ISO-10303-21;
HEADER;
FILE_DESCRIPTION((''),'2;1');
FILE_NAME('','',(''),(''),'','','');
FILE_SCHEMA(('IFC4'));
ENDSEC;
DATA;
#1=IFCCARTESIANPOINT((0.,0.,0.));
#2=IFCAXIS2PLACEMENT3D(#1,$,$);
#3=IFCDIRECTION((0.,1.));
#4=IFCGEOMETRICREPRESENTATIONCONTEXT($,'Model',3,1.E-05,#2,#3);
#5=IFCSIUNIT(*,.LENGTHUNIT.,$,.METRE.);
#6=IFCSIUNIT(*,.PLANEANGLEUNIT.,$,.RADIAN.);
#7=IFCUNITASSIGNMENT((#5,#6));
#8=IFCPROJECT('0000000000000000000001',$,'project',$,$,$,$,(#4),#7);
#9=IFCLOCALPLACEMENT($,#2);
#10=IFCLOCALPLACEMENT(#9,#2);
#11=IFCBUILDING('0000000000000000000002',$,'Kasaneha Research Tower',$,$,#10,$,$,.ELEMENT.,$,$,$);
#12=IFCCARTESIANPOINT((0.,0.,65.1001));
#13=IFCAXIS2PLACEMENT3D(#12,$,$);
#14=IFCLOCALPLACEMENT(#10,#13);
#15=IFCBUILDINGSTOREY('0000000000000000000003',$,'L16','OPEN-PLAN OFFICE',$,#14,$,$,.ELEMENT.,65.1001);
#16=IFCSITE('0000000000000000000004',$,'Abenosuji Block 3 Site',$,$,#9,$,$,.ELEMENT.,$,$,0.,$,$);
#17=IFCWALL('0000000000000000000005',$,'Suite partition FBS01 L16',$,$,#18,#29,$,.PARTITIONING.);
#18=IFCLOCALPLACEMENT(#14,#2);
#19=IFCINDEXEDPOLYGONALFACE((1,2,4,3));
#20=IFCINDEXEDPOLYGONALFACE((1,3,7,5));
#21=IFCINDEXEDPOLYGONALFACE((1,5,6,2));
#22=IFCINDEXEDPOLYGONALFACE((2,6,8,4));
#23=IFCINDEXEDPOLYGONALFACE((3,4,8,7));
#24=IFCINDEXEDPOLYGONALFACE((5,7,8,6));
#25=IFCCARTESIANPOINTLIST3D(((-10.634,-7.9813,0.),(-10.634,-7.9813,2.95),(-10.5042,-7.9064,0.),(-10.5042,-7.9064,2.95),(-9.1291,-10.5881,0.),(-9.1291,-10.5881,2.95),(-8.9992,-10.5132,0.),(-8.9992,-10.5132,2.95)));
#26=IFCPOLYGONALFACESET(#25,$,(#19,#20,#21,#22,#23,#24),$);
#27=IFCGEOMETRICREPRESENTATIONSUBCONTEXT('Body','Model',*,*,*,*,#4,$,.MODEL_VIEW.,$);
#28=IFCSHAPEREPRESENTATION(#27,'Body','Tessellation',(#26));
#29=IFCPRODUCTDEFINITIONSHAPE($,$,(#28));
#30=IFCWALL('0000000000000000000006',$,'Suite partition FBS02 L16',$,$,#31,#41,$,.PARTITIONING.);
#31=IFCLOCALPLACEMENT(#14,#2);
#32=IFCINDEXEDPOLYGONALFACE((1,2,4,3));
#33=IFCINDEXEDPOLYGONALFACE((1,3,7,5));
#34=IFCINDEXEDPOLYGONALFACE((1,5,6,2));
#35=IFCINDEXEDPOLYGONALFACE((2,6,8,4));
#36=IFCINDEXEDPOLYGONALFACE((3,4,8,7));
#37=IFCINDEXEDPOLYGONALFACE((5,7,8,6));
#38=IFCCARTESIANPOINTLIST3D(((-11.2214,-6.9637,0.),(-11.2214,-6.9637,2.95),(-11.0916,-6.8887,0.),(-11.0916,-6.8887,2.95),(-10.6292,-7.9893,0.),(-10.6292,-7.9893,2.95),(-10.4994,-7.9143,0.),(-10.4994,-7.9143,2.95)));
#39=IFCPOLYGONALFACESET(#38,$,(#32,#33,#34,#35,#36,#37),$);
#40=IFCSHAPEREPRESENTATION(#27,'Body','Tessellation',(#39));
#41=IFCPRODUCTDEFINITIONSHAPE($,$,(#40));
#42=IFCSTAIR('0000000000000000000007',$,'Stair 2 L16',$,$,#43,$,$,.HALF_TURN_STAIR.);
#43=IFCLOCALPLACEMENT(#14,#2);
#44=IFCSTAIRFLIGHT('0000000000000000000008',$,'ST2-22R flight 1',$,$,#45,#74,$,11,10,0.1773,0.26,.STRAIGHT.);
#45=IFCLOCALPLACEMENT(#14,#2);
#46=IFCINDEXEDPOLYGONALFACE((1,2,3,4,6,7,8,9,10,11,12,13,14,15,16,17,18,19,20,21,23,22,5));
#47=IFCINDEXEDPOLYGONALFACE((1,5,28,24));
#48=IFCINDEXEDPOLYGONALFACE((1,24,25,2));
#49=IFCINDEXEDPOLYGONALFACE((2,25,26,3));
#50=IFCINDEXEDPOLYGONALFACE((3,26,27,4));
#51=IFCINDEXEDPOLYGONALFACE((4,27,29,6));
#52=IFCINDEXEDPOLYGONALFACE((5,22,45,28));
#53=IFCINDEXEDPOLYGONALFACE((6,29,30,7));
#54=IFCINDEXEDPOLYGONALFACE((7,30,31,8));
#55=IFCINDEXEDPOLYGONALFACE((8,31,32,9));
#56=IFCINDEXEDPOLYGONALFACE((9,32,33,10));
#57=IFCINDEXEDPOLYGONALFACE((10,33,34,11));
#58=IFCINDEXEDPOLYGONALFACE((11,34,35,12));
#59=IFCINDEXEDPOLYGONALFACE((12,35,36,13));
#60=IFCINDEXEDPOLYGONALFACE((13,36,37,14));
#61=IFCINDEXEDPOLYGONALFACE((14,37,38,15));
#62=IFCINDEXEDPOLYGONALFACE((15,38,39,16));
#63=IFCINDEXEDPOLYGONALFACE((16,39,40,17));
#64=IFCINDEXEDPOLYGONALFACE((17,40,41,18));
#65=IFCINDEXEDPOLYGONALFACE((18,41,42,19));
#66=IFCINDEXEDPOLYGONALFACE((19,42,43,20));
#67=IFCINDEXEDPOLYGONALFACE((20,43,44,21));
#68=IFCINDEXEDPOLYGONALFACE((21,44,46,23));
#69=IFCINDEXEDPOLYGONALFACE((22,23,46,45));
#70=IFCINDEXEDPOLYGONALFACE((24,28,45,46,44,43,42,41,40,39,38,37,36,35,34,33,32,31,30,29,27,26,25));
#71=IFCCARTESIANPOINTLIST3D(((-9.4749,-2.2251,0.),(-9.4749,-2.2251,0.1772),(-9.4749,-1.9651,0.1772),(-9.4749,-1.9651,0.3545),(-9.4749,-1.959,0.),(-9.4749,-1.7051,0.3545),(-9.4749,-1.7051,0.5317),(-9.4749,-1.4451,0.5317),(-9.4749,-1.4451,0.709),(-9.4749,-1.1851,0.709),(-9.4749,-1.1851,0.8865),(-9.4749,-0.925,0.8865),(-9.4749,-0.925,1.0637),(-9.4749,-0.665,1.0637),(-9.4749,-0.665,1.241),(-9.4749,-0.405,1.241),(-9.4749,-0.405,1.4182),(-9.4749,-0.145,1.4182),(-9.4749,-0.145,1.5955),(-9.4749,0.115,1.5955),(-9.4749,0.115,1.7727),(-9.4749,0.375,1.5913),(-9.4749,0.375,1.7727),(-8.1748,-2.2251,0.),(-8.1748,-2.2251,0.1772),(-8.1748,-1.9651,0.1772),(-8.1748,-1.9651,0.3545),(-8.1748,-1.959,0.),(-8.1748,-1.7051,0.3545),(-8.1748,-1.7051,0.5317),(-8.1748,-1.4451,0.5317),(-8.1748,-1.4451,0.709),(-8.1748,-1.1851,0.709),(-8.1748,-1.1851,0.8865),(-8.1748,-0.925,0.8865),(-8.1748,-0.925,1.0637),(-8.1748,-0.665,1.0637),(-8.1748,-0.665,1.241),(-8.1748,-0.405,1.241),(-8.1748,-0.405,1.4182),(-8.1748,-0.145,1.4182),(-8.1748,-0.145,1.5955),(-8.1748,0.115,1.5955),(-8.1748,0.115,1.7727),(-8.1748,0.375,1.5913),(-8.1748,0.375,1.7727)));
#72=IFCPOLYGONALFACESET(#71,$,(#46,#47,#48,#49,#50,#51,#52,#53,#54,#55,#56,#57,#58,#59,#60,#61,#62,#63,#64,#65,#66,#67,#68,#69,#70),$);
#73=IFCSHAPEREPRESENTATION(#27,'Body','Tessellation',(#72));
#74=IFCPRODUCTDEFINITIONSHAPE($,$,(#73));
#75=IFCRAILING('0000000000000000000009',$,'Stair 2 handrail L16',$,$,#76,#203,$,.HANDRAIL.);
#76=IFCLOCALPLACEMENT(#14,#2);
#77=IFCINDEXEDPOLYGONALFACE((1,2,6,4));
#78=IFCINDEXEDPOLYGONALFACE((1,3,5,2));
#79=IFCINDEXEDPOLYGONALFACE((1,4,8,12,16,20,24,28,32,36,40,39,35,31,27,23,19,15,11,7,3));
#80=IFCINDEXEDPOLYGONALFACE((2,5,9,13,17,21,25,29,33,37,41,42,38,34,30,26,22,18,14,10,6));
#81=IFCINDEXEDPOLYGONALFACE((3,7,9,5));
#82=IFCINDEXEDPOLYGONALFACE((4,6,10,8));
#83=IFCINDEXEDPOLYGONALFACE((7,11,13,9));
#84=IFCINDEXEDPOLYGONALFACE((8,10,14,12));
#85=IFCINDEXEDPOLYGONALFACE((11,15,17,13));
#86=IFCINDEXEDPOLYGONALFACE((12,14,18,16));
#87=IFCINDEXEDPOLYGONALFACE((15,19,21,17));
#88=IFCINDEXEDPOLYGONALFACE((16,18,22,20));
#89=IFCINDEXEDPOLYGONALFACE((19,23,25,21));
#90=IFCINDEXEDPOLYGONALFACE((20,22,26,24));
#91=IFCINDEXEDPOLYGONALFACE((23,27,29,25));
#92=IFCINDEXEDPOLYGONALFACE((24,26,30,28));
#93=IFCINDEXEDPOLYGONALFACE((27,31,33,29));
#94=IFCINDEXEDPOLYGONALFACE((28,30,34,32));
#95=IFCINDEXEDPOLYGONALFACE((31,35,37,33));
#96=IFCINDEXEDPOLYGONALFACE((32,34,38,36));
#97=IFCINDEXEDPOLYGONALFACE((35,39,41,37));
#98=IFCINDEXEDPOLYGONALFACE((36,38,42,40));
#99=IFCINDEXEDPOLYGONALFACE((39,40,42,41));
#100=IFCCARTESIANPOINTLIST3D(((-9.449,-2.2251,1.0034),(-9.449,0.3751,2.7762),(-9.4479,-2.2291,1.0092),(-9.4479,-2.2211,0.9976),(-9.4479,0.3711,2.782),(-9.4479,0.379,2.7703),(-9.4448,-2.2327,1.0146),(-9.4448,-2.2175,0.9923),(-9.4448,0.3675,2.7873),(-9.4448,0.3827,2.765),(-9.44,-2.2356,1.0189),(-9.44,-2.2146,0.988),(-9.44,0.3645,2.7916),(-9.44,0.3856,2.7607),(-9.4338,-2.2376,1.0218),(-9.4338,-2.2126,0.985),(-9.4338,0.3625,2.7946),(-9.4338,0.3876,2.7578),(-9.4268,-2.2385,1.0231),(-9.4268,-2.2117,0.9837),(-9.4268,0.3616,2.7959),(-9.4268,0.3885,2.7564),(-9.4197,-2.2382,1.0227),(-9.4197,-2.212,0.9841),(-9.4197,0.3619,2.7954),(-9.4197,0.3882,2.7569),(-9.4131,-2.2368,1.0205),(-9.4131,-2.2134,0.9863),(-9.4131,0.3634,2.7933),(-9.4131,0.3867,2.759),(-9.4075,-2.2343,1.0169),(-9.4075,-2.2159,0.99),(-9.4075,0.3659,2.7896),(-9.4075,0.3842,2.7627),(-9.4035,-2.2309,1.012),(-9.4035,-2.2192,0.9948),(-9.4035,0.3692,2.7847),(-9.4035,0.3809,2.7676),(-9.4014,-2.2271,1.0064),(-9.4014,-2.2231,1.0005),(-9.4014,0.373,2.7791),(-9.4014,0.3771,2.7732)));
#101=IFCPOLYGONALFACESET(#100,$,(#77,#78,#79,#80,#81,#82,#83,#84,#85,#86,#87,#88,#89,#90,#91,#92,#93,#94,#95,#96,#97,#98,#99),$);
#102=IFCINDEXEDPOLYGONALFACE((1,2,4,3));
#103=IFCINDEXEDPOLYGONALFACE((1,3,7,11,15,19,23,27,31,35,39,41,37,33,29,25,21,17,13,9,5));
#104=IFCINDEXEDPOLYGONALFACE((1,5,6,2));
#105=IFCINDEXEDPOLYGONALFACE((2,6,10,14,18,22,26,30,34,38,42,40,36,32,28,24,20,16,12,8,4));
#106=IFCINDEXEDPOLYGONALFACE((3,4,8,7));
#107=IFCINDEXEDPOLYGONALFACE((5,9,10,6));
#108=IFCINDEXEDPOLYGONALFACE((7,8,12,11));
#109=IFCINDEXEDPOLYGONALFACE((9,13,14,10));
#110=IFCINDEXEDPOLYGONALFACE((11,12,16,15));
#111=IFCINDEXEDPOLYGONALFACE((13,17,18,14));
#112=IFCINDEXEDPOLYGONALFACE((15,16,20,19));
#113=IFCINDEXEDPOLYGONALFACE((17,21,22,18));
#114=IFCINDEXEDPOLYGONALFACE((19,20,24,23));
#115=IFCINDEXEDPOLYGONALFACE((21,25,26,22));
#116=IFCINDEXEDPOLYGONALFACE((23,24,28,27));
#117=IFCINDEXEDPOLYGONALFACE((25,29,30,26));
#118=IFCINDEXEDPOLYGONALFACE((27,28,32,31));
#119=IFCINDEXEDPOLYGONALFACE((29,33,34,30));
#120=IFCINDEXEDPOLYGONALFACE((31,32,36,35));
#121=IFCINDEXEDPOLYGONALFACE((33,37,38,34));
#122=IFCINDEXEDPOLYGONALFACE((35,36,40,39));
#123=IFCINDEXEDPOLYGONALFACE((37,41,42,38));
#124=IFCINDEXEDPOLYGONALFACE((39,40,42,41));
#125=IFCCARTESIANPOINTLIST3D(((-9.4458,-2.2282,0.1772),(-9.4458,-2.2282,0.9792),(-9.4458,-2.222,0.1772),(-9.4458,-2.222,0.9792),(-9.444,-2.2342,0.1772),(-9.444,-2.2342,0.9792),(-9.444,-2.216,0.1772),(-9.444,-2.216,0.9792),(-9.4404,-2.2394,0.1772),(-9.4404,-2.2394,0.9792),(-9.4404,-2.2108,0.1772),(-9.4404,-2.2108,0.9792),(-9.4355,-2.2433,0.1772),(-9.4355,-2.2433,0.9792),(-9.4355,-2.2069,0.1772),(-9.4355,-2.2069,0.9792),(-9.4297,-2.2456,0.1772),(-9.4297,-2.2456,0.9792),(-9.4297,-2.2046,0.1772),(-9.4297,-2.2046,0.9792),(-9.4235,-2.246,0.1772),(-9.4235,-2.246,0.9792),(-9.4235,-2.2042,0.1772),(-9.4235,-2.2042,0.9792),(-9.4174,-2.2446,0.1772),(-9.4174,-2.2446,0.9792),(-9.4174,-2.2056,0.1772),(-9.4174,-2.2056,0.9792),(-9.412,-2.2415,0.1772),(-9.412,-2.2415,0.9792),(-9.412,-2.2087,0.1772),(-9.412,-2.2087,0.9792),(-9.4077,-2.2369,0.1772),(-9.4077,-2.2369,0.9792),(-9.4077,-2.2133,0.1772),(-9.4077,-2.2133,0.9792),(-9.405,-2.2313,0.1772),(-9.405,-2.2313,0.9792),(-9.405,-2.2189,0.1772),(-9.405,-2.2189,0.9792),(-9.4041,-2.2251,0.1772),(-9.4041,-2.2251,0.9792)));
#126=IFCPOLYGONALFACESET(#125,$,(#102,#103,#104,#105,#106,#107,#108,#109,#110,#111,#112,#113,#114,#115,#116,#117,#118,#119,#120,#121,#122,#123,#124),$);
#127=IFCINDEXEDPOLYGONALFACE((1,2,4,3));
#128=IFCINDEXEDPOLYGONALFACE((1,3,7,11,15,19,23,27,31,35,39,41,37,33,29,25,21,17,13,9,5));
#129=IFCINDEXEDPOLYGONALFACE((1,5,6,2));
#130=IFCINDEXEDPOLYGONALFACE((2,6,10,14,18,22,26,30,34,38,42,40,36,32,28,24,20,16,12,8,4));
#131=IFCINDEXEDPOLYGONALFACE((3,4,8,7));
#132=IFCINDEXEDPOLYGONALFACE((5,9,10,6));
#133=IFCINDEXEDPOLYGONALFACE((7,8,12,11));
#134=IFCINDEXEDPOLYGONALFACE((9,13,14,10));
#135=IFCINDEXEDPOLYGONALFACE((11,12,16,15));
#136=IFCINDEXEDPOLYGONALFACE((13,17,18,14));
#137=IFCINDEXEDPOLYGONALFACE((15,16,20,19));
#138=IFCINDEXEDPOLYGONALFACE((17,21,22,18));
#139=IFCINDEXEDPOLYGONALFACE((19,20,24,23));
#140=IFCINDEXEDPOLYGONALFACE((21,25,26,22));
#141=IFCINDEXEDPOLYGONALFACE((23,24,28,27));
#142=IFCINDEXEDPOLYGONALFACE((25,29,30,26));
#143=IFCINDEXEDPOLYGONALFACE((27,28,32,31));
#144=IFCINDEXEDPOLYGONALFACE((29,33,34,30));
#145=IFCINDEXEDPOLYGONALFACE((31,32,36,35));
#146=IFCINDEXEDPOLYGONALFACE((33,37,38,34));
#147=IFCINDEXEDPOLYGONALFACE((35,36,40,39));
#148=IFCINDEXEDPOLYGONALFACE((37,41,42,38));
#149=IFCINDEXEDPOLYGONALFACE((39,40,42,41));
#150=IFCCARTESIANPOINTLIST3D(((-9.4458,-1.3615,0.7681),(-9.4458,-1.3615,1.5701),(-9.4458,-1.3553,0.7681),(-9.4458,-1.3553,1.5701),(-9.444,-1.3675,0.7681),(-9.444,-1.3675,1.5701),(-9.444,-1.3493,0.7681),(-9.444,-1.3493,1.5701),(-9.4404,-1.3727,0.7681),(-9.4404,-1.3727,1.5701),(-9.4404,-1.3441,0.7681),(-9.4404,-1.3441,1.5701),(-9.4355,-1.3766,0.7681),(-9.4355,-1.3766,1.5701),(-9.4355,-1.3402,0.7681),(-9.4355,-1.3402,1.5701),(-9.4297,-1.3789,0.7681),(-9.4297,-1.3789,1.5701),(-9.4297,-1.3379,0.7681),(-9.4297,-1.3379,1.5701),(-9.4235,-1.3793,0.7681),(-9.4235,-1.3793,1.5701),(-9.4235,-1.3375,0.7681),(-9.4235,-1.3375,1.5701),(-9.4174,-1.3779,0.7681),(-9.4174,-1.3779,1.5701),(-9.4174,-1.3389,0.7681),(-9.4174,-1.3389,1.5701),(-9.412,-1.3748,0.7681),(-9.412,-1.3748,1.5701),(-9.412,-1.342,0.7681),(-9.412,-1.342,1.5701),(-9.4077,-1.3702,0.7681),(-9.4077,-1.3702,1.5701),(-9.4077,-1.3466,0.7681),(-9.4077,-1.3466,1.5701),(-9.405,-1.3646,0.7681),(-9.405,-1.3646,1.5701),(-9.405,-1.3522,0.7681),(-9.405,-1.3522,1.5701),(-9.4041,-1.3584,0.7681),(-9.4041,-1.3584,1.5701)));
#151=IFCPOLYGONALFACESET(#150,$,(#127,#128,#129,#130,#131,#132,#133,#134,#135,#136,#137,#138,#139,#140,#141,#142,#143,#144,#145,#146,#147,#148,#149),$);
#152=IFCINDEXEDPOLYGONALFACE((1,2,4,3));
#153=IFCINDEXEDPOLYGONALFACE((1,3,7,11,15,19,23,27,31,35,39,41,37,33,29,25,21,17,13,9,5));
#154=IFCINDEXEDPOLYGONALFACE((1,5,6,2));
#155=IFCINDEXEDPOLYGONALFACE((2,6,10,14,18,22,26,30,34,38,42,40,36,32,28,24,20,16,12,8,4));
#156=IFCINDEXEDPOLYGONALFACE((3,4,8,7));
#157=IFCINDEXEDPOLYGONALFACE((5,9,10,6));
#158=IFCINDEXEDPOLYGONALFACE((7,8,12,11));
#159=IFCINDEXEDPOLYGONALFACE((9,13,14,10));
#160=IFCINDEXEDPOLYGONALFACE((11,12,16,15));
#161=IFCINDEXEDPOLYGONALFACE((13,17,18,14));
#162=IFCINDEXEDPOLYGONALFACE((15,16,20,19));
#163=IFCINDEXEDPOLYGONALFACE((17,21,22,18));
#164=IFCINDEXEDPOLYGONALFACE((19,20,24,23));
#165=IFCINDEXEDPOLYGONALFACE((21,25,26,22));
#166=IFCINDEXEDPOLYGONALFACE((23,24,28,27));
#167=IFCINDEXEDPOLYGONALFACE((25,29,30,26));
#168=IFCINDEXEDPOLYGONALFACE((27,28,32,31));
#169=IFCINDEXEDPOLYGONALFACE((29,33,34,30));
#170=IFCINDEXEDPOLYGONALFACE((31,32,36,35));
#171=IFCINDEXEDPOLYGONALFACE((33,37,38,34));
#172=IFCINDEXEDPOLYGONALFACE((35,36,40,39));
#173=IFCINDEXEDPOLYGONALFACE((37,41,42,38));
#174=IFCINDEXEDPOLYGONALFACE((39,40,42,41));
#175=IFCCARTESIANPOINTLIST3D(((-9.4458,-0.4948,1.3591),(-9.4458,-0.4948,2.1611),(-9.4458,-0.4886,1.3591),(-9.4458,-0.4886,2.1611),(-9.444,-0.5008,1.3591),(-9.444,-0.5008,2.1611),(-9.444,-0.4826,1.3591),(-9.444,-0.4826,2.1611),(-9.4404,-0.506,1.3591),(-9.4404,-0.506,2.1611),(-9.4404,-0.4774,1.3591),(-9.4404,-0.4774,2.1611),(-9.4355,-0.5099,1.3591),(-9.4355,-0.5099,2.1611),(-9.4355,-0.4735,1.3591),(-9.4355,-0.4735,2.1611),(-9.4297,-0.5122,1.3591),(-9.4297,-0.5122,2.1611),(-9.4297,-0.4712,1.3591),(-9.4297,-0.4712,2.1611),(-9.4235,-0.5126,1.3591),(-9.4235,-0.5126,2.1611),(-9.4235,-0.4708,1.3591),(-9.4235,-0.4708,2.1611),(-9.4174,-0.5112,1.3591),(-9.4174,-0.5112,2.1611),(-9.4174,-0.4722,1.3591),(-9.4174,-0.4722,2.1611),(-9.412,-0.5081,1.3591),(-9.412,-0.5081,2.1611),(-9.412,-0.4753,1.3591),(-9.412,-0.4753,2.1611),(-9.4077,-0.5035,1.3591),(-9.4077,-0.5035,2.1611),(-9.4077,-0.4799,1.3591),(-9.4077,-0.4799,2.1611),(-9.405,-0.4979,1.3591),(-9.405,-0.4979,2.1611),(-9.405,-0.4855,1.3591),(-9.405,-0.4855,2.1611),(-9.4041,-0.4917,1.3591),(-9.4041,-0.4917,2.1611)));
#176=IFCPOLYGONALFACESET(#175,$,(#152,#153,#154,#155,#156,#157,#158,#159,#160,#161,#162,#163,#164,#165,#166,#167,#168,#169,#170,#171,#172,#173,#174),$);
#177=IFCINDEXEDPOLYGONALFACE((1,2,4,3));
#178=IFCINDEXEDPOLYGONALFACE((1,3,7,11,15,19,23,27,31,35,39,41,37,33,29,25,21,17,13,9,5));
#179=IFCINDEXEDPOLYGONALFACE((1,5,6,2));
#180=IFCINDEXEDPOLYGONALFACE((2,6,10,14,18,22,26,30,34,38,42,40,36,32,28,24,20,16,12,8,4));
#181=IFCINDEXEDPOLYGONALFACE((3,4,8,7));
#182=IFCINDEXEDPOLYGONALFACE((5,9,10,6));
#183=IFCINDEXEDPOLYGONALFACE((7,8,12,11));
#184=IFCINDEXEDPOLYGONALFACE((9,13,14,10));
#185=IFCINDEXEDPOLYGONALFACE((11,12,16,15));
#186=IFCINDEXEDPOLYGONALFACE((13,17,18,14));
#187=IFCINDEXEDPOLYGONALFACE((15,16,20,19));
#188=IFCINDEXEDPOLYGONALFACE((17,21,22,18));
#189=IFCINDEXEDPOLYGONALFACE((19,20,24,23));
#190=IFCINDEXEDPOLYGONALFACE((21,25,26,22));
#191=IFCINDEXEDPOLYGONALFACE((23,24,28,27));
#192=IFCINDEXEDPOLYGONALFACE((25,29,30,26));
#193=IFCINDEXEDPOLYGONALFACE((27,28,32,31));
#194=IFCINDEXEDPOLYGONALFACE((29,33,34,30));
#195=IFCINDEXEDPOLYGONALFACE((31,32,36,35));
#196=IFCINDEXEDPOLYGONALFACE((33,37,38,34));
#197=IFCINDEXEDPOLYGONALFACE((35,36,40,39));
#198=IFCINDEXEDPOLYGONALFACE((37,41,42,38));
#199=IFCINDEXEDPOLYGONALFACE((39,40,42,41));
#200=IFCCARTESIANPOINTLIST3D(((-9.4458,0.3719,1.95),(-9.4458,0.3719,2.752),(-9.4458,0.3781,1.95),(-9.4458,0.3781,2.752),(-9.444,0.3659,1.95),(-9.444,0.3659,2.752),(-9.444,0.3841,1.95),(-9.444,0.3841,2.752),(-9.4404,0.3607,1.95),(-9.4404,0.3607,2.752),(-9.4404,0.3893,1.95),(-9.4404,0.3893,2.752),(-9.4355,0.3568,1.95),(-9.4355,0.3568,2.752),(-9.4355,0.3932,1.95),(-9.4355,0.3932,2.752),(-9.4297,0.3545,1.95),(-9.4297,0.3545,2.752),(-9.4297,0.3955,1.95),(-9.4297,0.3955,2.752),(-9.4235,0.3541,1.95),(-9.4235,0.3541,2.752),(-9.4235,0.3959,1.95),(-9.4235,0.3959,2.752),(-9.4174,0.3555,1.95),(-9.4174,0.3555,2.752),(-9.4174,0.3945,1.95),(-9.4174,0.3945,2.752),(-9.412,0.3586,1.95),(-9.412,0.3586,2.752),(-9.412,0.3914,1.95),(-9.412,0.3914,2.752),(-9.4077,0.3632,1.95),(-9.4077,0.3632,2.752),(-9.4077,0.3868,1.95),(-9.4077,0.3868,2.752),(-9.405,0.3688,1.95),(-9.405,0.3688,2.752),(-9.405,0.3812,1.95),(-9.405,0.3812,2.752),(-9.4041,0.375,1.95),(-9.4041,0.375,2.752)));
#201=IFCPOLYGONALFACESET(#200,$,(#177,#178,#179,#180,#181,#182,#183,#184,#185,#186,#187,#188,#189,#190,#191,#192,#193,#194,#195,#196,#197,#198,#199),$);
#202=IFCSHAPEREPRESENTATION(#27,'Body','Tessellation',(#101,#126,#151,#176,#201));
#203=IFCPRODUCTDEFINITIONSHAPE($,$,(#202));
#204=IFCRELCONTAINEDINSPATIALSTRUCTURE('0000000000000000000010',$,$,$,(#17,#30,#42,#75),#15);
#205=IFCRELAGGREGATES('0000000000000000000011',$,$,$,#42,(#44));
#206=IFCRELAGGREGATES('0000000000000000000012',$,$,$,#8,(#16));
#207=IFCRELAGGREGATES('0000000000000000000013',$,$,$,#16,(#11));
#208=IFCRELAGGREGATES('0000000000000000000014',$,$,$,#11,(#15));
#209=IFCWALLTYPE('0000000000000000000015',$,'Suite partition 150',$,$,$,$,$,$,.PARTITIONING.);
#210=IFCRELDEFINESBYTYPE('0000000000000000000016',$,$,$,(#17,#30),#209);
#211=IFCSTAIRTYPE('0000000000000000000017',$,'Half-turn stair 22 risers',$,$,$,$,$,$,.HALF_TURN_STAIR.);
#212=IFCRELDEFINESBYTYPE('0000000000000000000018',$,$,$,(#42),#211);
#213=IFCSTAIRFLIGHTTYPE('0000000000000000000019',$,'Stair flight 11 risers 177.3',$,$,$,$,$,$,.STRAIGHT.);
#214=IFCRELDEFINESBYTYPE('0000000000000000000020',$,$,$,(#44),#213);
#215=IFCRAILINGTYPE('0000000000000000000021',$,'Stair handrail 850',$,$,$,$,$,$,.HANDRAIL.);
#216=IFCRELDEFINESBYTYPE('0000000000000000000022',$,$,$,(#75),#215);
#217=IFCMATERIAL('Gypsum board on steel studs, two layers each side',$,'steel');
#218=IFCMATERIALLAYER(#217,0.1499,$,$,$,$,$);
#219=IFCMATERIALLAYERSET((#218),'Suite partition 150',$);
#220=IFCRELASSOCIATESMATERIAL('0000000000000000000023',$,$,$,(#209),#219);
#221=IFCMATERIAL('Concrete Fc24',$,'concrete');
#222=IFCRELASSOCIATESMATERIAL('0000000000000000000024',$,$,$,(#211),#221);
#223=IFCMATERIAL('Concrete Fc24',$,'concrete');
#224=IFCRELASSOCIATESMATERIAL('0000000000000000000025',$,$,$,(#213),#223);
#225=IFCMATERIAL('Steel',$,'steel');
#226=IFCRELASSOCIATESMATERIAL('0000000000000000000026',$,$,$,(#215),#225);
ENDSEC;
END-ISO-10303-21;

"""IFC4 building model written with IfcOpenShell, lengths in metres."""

from ifc_helpers import new_model, si_unit, direction, frame, frame_2d, origin, origin_2d, place, context, subcontext, project, spatial, polyline, rectangle, circle, outline, extrude, material, layer, layer_set, type_object, element, aggregate, save


model = new_model("IFC4")

# Units and contexts
model_context = context("Model", 3, precision=1e-05, world=origin(), true_north=direction((0.0, 1.0)))
body_context = subcontext(model_context, "Body", "Model", "MODEL_VIEW")
ifc_project = project(units=[si_unit("LENGTHUNIT", "METRE"), si_unit("PLANEANGLEUNIT", "RADIAN")], contexts=[model_context])

# Site, building, storey
site_placement = place(None, origin())
site = spatial("IfcSite", under=ifc_project, at=site_placement, Name="Abenosuji Block 3 Site", CompositionType="ELEMENT", RefElevation=0.0)
building_placement = place(site_placement, origin())
building = spatial("IfcBuilding", under=site, at=building_placement, Name="Kasaneha Research Tower", CompositionType="ELEMENT")
storey_placement = place(building_placement, frame((0.0, 0.0, 65.1001)))
storey = spatial("IfcBuildingStorey", under=building, at=storey_placement, Name="L16", Description="OPEN-PLAN OFFICE", CompositionType="ELEMENT", Elevation=65.1001)

# Shared definitions
ifc_material_1 = material(Name="Gypsum board on steel studs, two layers each side", Category="steel")
ifc_layer_1 = layer(ifc_material_1, 0.1499)
ifc_layer_set_1 = layer_set([ifc_layer_1], Name="Suite partition 150")
wall_type_1 = type_object("IfcWallType", Name="Suite partition 150", PredefinedType="PARTITIONING", material=ifc_layer_set_1)

# Walls
wall_1_placement = place(storey_placement, frame((-9.0642, -10.5505, 0.0), z_axis=(0.0, 0.0, 1.0), x_axis=(-0.499978, 0.866038, 0.0)))
element("IfcWall", 1, at=wall_1_placement, inside=storey, type_object=wall_type_1, Name="Suite partition FBS01 L16", PredefinedType="PARTITIONING", context=body_context, shape_type="SweptSolid", body=[
    extrude(rectangle(XDim=3.01, YDim=0.1499, at=frame_2d((1.5049, 0.0))), origin(), (0.0, 0.0, 1.0), 2.95),
])
wall_2_placement = place(storey_placement, frame((-10.5642, -7.9519, 0.0), z_axis=(0.0, 0.0, 1.0), x_axis=(-0.500085, 0.865976, 0.0)))
element("IfcWall", 2, at=wall_2_placement, inside=storey, type_object=wall_type_1, Name="Suite partition FBS02 L16", PredefinedType="PARTITIONING", context=body_context, shape_type="SweptSolid", body=[
    extrude(rectangle(XDim=1.1843, YDim=0.1499, at=frame_2d((0.5923, 0.0))), origin(), (0.0, 0.0, 1.0), 2.95),
])

# Stair, stair flight
ifc_material_2 = material(Name="Concrete Fc24", Category="concrete")
stair_type = type_object("IfcStairType", Name="Half-turn stair 22 risers", PredefinedType="HALF_TURN_STAIR", material=ifc_material_2)
stair_placement = place(storey_placement, origin())
stair = element("IfcStair", 3, at=stair_placement, inside=storey, type_object=stair_type, Name="Stair 2 L16", PredefinedType="HALF_TURN_STAIR")
ifc_material_3 = material(Name="Concrete Fc24", Category="concrete")
stair_flight_type = type_object("IfcStairFlightType", Name="Stair flight 11 risers 177.3", PredefinedType="STRAIGHT", material=ifc_material_3)
stair_flight_placement = place(storey_placement, frame((-8.825, -2.2251, 0.0), z_axis=(0.0, 0.0, 1.0), x_axis=(0.0, 1.0, 0.0)))
stair_flight = element("IfcStairFlight", 4, at=stair_flight_placement, type_object=stair_flight_type, Name="ST2-22R flight 1", NumberOfRisers=11, NumberOfTreads=10, PredefinedType="STRAIGHT", RiserHeight=0.1773, TreadLength=0.26, context=body_context, shape_type="SweptSolid", body=[
    extrude(outline(polyline([(0.0, 0.0), (0.0, 0.1772), (0.26, 0.1772), (0.26, 0.3545), (0.52, 0.3545), (0.52, 0.5317), (0.78, 0.5317), (0.78, 0.709), (1.04, 0.709), (1.04, 0.8865), (1.3, 0.8865), (1.3, 1.0637), (1.5601, 1.0637), (1.5601, 1.241), (1.8201, 1.241), (1.8201, 1.4182), (2.0801, 1.4182), (2.0801, 1.5955), (2.3401, 1.5955), (2.3401, 1.7727), (2.6001, 1.7727), (2.6001, 1.95), (2.6001, 1.5913), (0.2661, 0.0), (0.0, 0.0)])), frame((0.0, 0.6499, 0.0), z_axis=(0.0, -1.0, 0.0), x_axis=(1.0, 0.0, 0.0)), (0.0, 0.0, 1.0), 1.3),
])
aggregate(stair, [stair_flight])

# Railing
ifc_material_4 = material(Name="Steel", Category="steel")
railing_type = type_object("IfcRailingType", Name="Stair handrail 850", PredefinedType="HANDRAIL", material=ifc_material_4)
railing_placement = place(storey_placement, frame((-9.425, -2.2251, 0.1772)))
element("IfcRailing", 5, at=railing_placement, inside=storey, type_object=railing_type, Name="Stair 2 handrail L16", PredefinedType="HANDRAIL", context=body_context, shape_type="SweptSolid", body=[
    extrude(circle(Radius=0.0239, at=origin_2d()), frame((0.0, 0.0, 0.8262), z_axis=(0.0, 0.82624, 0.563318), x_axis=(-1.0, 0.0, 0.0)), (0.0, 0.0, 1.0), 3.147),
    extrude(circle(Radius=0.021, at=origin_2d()), origin(), (0.0, 0.0, 1.0), 0.802),
    extrude(circle(Radius=0.021, at=origin_2d()), frame((0.0, 0.8667, 0.5908)), (0.0, 0.0, 1.0), 0.802),
    extrude(circle(Radius=0.021, at=origin_2d()), frame((0.0, 1.7334, 1.1819)), (0.0, 0.0, 1.0), 0.802),
    extrude(circle(Radius=0.021, at=origin_2d()), frame((0.0, 2.6001, 1.7727)), (0.0, 0.0, 1.0), 0.802),
])

save(model, "model.ifc")
